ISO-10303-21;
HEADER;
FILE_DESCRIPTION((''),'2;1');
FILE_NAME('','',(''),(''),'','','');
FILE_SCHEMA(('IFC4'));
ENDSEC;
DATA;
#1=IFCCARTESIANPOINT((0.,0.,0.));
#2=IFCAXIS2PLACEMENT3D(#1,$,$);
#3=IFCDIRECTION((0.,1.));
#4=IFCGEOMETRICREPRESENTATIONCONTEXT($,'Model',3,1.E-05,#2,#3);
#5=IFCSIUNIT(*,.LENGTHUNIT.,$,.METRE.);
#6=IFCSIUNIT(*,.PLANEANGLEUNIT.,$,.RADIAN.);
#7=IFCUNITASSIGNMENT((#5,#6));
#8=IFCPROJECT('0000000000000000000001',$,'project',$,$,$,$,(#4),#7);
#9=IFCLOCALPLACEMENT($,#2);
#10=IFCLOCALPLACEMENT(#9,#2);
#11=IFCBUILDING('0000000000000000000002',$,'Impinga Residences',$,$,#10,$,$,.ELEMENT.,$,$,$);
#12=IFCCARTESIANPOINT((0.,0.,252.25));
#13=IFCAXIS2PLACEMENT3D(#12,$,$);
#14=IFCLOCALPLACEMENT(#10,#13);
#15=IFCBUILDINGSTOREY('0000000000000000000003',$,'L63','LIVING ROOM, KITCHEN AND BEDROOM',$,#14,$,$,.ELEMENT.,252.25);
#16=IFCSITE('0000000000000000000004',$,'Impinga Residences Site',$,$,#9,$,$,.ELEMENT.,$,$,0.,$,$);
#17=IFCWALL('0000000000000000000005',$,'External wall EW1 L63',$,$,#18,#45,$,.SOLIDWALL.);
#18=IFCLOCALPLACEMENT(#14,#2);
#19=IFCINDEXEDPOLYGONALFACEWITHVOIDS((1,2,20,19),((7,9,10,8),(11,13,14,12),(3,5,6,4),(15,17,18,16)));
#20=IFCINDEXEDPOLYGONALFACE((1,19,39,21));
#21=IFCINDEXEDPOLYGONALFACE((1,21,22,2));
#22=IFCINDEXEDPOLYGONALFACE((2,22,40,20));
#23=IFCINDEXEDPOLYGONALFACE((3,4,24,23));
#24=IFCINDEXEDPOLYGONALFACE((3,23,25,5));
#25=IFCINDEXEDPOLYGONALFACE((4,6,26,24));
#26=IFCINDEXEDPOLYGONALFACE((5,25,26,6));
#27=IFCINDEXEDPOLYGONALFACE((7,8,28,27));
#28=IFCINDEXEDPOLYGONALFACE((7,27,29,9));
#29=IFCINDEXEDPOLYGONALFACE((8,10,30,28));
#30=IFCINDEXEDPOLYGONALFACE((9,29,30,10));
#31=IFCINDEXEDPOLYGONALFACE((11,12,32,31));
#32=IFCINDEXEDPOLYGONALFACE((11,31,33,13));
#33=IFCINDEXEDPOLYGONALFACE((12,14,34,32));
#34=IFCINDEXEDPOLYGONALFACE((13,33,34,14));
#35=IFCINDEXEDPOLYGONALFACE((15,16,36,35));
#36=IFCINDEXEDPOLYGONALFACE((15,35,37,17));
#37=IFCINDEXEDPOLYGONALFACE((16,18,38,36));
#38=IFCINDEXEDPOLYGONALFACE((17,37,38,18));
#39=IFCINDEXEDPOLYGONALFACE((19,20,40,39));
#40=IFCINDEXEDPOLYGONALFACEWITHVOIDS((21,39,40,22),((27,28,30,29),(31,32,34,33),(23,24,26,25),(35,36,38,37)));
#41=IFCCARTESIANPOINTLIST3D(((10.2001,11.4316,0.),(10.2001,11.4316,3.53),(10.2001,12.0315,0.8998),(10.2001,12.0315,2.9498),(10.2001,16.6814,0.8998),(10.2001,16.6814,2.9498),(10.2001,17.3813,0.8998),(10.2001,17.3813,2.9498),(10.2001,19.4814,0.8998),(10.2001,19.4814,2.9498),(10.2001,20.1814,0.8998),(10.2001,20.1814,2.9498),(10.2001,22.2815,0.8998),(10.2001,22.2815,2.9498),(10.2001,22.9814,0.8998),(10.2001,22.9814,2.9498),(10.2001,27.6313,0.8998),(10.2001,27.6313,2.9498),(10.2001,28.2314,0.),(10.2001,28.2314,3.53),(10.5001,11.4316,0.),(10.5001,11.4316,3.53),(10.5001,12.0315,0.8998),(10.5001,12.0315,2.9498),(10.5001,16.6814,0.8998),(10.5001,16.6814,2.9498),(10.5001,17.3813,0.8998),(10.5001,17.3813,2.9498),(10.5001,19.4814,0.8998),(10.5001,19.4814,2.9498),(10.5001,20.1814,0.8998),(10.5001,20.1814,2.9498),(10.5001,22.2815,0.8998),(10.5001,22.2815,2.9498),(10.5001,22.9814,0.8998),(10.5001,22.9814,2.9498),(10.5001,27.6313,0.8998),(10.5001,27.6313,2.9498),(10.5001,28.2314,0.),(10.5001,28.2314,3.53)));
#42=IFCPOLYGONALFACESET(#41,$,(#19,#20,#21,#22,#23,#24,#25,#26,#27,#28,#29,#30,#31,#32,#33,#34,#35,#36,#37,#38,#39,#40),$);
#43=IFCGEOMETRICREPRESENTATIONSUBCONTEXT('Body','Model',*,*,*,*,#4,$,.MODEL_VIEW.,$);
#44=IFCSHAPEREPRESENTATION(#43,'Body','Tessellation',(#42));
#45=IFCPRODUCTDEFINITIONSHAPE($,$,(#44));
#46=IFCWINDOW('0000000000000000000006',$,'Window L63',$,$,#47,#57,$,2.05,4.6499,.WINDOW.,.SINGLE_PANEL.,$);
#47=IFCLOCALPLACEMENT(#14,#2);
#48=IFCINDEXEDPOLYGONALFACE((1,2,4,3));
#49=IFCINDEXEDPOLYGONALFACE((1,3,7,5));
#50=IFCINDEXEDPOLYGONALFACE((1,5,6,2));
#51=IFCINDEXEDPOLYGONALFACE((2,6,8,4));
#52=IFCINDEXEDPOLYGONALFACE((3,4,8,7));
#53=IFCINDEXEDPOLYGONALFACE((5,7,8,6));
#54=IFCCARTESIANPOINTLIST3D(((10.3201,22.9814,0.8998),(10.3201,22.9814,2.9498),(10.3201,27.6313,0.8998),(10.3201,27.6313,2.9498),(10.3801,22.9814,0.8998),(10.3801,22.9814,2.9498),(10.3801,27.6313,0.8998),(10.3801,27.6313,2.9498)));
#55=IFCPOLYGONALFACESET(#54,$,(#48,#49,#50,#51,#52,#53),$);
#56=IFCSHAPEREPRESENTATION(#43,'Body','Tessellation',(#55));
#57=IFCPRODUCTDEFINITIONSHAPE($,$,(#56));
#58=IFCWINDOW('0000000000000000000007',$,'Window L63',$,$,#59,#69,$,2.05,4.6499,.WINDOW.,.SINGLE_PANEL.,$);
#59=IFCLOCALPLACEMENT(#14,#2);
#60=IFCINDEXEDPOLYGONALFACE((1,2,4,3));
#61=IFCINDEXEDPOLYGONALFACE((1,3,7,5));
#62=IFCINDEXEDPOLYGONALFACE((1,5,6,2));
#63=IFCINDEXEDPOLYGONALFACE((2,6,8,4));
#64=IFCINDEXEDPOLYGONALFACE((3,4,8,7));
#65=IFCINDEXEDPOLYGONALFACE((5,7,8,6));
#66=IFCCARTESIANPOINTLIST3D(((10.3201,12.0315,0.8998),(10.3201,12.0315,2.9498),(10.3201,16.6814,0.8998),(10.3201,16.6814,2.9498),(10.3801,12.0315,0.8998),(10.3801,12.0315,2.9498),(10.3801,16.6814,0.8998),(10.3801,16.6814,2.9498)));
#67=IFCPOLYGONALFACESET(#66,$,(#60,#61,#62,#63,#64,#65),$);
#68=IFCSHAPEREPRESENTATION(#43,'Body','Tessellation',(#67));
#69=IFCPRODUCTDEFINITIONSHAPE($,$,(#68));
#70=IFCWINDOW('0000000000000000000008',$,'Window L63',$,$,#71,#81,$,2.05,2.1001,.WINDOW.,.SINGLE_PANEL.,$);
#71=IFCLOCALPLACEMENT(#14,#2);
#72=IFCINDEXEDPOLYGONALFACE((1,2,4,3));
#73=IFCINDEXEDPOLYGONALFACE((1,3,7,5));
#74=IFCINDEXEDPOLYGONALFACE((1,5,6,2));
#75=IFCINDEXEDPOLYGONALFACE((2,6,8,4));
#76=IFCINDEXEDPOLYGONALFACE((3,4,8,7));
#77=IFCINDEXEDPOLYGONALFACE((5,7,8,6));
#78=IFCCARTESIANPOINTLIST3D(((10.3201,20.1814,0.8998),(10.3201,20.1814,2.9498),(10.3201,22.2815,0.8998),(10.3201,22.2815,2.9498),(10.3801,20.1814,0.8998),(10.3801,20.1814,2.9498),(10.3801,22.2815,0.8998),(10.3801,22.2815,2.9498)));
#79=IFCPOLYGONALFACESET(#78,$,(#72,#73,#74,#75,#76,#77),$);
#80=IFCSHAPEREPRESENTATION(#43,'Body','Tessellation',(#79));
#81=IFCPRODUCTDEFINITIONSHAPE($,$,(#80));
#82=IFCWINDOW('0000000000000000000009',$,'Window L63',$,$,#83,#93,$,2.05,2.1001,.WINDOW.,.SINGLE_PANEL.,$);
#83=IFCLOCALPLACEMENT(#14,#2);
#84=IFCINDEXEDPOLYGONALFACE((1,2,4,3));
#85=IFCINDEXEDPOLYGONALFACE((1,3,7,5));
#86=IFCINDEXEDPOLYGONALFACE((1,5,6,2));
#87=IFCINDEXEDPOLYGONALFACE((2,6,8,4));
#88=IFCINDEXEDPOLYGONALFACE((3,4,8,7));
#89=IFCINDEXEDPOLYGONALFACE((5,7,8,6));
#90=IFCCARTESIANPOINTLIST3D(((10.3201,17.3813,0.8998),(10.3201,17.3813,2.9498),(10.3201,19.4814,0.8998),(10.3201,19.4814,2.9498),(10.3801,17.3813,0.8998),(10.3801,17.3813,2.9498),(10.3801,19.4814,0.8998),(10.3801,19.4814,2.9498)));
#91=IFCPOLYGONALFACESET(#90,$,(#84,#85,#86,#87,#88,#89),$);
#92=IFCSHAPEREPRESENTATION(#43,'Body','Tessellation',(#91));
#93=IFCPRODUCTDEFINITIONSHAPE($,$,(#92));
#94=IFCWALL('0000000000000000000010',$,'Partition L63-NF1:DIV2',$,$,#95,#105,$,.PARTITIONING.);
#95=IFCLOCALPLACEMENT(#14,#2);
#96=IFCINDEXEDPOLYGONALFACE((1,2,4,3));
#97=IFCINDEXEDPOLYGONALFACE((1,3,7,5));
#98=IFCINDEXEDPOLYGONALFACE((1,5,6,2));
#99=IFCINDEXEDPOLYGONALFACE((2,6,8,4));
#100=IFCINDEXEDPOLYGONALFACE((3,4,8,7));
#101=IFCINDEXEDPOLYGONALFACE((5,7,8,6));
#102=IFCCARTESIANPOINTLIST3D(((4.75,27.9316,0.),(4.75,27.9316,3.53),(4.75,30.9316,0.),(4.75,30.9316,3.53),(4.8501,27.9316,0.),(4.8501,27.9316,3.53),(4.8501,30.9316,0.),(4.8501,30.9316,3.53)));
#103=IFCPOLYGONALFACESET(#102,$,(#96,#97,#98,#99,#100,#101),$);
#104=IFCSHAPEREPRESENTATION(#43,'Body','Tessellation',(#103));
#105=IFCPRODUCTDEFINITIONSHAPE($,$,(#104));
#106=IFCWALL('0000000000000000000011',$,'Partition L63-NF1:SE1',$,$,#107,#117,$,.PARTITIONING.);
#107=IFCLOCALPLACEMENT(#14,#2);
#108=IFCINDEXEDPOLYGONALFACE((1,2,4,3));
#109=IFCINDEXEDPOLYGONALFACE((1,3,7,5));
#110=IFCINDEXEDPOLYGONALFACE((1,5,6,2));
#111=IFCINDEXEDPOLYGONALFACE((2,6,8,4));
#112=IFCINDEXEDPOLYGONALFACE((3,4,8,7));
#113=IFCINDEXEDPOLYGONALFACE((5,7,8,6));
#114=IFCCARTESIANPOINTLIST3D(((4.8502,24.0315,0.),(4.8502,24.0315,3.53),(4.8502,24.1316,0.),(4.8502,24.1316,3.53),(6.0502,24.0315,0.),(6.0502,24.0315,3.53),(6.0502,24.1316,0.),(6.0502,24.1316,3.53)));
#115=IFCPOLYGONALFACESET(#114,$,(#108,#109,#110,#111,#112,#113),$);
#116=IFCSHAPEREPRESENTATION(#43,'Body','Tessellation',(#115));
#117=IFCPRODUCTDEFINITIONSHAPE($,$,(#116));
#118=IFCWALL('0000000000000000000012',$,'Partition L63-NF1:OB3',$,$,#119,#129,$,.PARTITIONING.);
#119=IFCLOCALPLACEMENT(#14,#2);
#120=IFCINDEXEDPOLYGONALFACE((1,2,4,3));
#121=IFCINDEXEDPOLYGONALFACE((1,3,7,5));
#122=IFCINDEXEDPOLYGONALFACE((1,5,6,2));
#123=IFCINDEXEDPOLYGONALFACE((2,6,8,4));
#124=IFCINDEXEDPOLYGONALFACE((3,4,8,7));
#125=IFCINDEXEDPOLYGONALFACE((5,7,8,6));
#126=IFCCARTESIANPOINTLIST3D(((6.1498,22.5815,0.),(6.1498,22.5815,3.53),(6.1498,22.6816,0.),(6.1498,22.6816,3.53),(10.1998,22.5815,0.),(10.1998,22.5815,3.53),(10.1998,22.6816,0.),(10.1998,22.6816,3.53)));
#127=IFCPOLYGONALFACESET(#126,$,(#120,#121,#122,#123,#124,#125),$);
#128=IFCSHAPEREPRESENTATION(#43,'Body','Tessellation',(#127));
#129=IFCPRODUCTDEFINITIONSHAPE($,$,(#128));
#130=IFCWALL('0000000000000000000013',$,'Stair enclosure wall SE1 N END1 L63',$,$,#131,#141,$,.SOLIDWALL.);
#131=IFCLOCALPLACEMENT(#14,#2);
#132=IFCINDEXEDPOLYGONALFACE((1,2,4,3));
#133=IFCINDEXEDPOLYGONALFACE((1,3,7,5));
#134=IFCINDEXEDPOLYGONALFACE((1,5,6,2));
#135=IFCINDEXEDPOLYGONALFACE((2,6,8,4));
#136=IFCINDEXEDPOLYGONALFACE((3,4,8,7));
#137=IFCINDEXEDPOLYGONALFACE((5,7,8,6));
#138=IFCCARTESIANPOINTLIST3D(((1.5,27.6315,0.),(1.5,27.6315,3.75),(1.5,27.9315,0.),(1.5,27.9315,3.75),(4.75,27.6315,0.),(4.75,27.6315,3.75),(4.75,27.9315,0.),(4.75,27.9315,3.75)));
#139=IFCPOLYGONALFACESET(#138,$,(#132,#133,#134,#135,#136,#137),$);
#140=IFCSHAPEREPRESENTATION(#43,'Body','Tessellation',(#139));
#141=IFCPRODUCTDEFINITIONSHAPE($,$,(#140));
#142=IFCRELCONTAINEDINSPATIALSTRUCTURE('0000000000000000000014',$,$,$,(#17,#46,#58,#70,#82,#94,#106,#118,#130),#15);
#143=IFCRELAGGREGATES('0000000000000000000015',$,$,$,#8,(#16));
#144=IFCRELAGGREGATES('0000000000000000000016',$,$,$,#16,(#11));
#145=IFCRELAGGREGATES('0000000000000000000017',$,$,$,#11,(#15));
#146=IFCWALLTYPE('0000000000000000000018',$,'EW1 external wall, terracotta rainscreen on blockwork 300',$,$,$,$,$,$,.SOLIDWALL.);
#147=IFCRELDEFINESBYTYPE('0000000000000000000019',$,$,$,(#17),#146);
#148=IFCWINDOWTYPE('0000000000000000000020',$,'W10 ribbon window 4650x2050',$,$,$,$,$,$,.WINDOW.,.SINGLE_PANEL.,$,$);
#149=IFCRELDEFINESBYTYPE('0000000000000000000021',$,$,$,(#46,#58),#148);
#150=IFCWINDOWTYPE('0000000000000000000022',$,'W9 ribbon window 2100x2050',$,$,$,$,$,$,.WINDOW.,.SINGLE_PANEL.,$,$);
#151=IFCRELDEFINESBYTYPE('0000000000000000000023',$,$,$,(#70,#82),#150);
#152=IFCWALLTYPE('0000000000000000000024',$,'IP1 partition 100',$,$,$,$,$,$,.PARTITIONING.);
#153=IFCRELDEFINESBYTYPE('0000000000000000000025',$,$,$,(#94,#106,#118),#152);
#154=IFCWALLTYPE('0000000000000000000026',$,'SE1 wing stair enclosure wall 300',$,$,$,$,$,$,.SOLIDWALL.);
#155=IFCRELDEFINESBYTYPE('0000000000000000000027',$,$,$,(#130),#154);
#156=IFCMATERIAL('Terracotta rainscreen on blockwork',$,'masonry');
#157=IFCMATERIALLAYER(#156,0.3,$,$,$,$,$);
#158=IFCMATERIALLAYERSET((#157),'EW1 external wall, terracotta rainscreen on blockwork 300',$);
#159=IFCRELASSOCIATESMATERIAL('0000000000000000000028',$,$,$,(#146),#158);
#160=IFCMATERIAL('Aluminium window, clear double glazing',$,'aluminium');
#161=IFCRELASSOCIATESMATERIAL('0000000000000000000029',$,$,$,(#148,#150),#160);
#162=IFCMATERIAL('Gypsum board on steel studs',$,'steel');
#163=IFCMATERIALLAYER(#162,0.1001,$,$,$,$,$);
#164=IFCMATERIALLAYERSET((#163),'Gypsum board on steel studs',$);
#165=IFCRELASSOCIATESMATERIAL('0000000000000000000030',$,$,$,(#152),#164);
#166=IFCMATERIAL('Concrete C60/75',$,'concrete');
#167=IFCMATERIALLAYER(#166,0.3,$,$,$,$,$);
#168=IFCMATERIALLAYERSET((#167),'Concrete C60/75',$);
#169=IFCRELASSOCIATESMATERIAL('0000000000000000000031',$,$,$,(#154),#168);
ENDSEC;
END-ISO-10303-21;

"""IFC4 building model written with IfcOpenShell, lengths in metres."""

from ifc_helpers import new_model, si_unit, direction, frame, frame_2d, origin, place, context, subcontext, project, spatial, rectangle, extrude, material, layer, layer_set, type_object, element, fill, save


model = new_model("IFC4")

# Units and contexts
model_context = context("Model", 3, precision=1e-05, world=origin(), true_north=direction((0.0, 1.0)))
body_context = subcontext(model_context, "Body", "Model", "MODEL_VIEW")
ifc_project = project(units=[si_unit("LENGTHUNIT", "METRE"), si_unit("PLANEANGLEUNIT", "RADIAN")], contexts=[model_context])

# Site, building, storey
site_placement = place(None, origin())
site = spatial("IfcSite", under=ifc_project, at=site_placement, Name="Impinga Residences Site", CompositionType="ELEMENT", RefElevation=0.0)
building_placement = place(site_placement, origin())
building = spatial("IfcBuilding", under=site, at=building_placement, Name="Impinga Residences", CompositionType="ELEMENT")
storey_placement = place(building_placement, frame((0.0, 0.0, 252.25)))
storey = spatial("IfcBuildingStorey", under=building, at=storey_placement, Name="L63", Description="LIVING ROOM, KITCHEN AND BEDROOM", CompositionType="ELEMENT", Elevation=252.25)

# Shared definitions
ifc_material_1 = material(Name="Concrete C60/75", Category="concrete")

# Shared definitions
ifc_material_2 = material(Name="Terracotta rainscreen on blockwork", Category="masonry")
ifc_layer_1 = layer(ifc_material_2, 0.3)
ifc_layer_set_1 = layer_set([ifc_layer_1], Name="EW1 external wall, terracotta rainscreen on blockwork 300")
wall_type_1 = type_object("IfcWallType", Name="EW1 external wall, terracotta rainscreen on blockwork 300", PredefinedType="SOLIDWALL", material=ifc_layer_set_1)

# Wall, openings, windows
wall_1_placement = place(storey_placement, frame((10.3501, 28.2314, 0.0), z_axis=(0.0, 0.0, 1.0), x_axis=(0.0, -1.0, 0.0)))
wall_1 = element("IfcWall", 1, at=wall_1_placement, inside=storey, type_object=wall_type_1, Name="External wall EW1 L63", PredefinedType="SOLIDWALL", context=body_context, shape_type="SweptSolid", body=[
    extrude(rectangle(XDim=16.7998, YDim=0.3, at=frame_2d((8.3999, 0.0))), origin(), (0.0, 0.0, 1.0), 3.53),
])
opening_1_placement = place(wall_1_placement, frame((0.6001, 0.0, 0.8999)))
opening_1 = element("IfcOpeningElement", 2, at=opening_1_placement, cuts=wall_1, PredefinedType="OPENING", context=body_context, shape_type="SweptSolid", body=[
    extrude(rectangle(XDim=4.6499, YDim=2.05, at=frame_2d((2.325, 1.0249))), frame((0.0, 0.1599, 0.0), z_axis=(0.0, -1.0, 0.0), x_axis=(1.0, 0.0, 0.0)), (0.0, 0.0, 1.0), 0.3201),
])
opening_2_placement = place(wall_1_placement, frame((5.95, 0.0, 0.8999)))
opening_2 = element("IfcOpeningElement", 3, at=opening_2_placement, cuts=wall_1, PredefinedType="OPENING", context=body_context, shape_type="SweptSolid", body=[
    extrude(rectangle(XDim=2.1001, YDim=2.05, at=frame_2d((1.05, 1.0249))), frame((0.0, 0.1599, 0.0), z_axis=(0.0, -1.0, 0.0), x_axis=(1.0, 0.0, 0.0)), (0.0, 0.0, 1.0), 0.3201),
])
opening_3_placement = place(wall_1_placement, frame((8.75, 0.0, 0.8999)))
opening_3 = element("IfcOpeningElement", 4, at=opening_3_placement, cuts=wall_1, PredefinedType="OPENING", context=body_context, shape_type="SweptSolid", body=[
    extrude(rectangle(XDim=2.1001, YDim=2.05, at=frame_2d((1.05, 1.0249))), frame((0.0, 0.1599, 0.0), z_axis=(0.0, -1.0, 0.0), x_axis=(1.0, 0.0, 0.0)), (0.0, 0.0, 1.0), 0.3201),
])
opening_4_placement = place(wall_1_placement, frame((11.55, 0.0, 0.8999)))
opening_4 = element("IfcOpeningElement", 5, at=opening_4_placement, cuts=wall_1, PredefinedType="OPENING", context=body_context, shape_type="SweptSolid", body=[
    extrude(rectangle(XDim=4.6499, YDim=2.05, at=frame_2d((2.325, 1.0249))), frame((0.0, 0.1599, 0.0), z_axis=(0.0, -1.0, 0.0), x_axis=(1.0, 0.0, 0.0)), (0.0, 0.0, 1.0), 0.3201),
])
ifc_material_3 = material(Name="Aluminium window, clear double glazing", Category="aluminium")
window_type_1 = type_object("IfcWindowType", Name="W10 ribbon window 4650x2050", PartitioningType="SINGLE_PANEL", PredefinedType="WINDOW", material=ifc_material_3)
window_1_placement = place(opening_1_placement, origin())
window_1 = element("IfcWindow", 6, at=window_1_placement, inside=storey, type_object=window_type_1, Name="Window L63", OverallHeight=2.05, OverallWidth=4.6499, PartitioningType="SINGLE_PANEL", PredefinedType="WINDOW", context=body_context, shape_type="SweptSolid", body=[
    extrude(rectangle(XDim=4.6499, YDim=2.05, at=frame_2d((2.325, 1.0249))), frame((0.0, 0.03, 0.0), z_axis=(0.0, -1.0, 0.0), x_axis=(1.0, 0.0, 0.0)), (0.0, 0.0, 1.0), 0.0601),
])
fill(opening_1, window_1)
window_2_placement = place(opening_4_placement, origin())
window_2 = element("IfcWindow", 7, at=window_2_placement, inside=storey, type_object=window_type_1, Name="Window L63", OverallHeight=2.05, OverallWidth=4.6499, PartitioningType="SINGLE_PANEL", PredefinedType="WINDOW", context=body_context, shape_type="SweptSolid", body=[
    extrude(rectangle(XDim=4.6499, YDim=2.05, at=frame_2d((2.325, 1.0249))), frame((0.0, 0.03, 0.0), z_axis=(0.0, -1.0, 0.0), x_axis=(1.0, 0.0, 0.0)), (0.0, 0.0, 1.0), 0.0601),
])
fill(opening_4, window_2)
window_type_2 = type_object("IfcWindowType", Name="W9 ribbon window 2100x2050", PartitioningType="SINGLE_PANEL", PredefinedType="WINDOW", material=ifc_material_3)
window_3_placement = place(opening_2_placement, origin())
window_3 = element("IfcWindow", 8, at=window_3_placement, inside=storey, type_object=window_type_2, Name="Window L63", OverallHeight=2.05, OverallWidth=2.1001, PartitioningType="SINGLE_PANEL", PredefinedType="WINDOW", context=body_context, shape_type="SweptSolid", body=[
    extrude(rectangle(XDim=2.1001, YDim=2.05, at=frame_2d((1.05, 1.0249))), frame((0.0, 0.03, 0.0), z_axis=(0.0, -1.0, 0.0), x_axis=(1.0, 0.0, 0.0)), (0.0, 0.0, 1.0), 0.0601),
])
fill(opening_2, window_3)
window_4_placement = place(opening_3_placement, origin())
window_4 = element("IfcWindow", 9, at=window_4_placement, inside=storey, type_object=window_type_2, Name="Window L63", OverallHeight=2.05, OverallWidth=2.1001, PartitioningType="SINGLE_PANEL", PredefinedType="WINDOW", context=body_context, shape_type="SweptSolid", body=[
    extrude(rectangle(XDim=2.1001, YDim=2.05, at=frame_2d((1.05, 1.0249))), frame((0.0, 0.03, 0.0), z_axis=(0.0, -1.0, 0.0), x_axis=(1.0, 0.0, 0.0)), (0.0, 0.0, 1.0), 0.0601),
])
fill(opening_3, window_4)

# Walls
ifc_material_4 = material(Name="Gypsum board on steel studs", Category="steel")
ifc_layer_2 = layer(ifc_material_4, 0.1001)
ifc_layer_set_2 = layer_set([ifc_layer_2], Name="Gypsum board on steel studs")
wall_type_2 = type_object("IfcWallType", Name="IP1 partition 100", PredefinedType="PARTITIONING", material=ifc_layer_set_2)
wall_2_placement = place(storey_placement, frame((4.8, 27.9316, 0.0), z_axis=(0.0, 0.0, 1.0), x_axis=(0.0, 1.0, 0.0)))
element("IfcWall", 10, at=wall_2_placement, inside=storey, type_object=wall_type_2, Name="Partition L63-NF1:DIV2", PredefinedType="PARTITIONING", context=body_context, shape_type="SweptSolid", body=[
    extrude(rectangle(XDim=3.0, YDim=0.1001, at=frame_2d((1.5, 0.0))), origin(), (0.0, 0.0, 1.0), 3.53),
])
wall_3_placement = place(storey_placement, frame((4.8501, 24.0815, 0.0), z_axis=(0.0, 0.0, 1.0), x_axis=(1.0, 0.0, 0.0)))
element("IfcWall", 11, at=wall_3_placement, inside=storey, type_object=wall_type_2, Name="Partition L63-NF1:SE1", PredefinedType="PARTITIONING", context=body_context, shape_type="SweptSolid", body=[
    extrude(rectangle(XDim=1.2, YDim=0.1001, at=frame_2d((0.6001, 0.0))), origin(), (0.0, 0.0, 1.0), 3.53),
])
wall_4_placement = place(storey_placement, frame((6.1499, 22.6316, 0.0), z_axis=(0.0, 0.0, 1.0), x_axis=(1.0, 0.0, 0.0)))
element("IfcWall", 12, at=wall_4_placement, inside=storey, type_object=wall_type_2, Name="Partition L63-NF1:OB3", PredefinedType="PARTITIONING", context=body_context, shape_type="SweptSolid", body=[
    extrude(rectangle(XDim=4.05, YDim=0.1001, at=frame_2d((2.0249, 0.0))), origin(), (0.0, 0.0, 1.0), 3.53),
])
ifc_layer_3 = layer(ifc_material_1, 0.3)
ifc_layer_set_3 = layer_set([ifc_layer_3], Name="Concrete C60/75")
wall_type_3 = type_object("IfcWallType", Name="SE1 wing stair enclosure wall 300", PredefinedType="SOLIDWALL", material=ifc_layer_set_3)
wall_5_placement = place(storey_placement, frame((1.5, 27.7815, 0.0), z_axis=(0.0, 0.0, 1.0), x_axis=(1.0, 0.0, 0.0)))
element("IfcWall", 13, at=wall_5_placement, inside=storey, type_object=wall_type_3, Name="Stair enclosure wall SE1 N END1 L63", PredefinedType="SOLIDWALL", context=body_context, shape_type="SweptSolid", body=[
    extrude(rectangle(XDim=3.25, YDim=0.3, at=frame_2d((1.625, 0.0))), origin(), (0.0, 0.0, 1.0), 3.75),
])

save(model, "model.ifc")
